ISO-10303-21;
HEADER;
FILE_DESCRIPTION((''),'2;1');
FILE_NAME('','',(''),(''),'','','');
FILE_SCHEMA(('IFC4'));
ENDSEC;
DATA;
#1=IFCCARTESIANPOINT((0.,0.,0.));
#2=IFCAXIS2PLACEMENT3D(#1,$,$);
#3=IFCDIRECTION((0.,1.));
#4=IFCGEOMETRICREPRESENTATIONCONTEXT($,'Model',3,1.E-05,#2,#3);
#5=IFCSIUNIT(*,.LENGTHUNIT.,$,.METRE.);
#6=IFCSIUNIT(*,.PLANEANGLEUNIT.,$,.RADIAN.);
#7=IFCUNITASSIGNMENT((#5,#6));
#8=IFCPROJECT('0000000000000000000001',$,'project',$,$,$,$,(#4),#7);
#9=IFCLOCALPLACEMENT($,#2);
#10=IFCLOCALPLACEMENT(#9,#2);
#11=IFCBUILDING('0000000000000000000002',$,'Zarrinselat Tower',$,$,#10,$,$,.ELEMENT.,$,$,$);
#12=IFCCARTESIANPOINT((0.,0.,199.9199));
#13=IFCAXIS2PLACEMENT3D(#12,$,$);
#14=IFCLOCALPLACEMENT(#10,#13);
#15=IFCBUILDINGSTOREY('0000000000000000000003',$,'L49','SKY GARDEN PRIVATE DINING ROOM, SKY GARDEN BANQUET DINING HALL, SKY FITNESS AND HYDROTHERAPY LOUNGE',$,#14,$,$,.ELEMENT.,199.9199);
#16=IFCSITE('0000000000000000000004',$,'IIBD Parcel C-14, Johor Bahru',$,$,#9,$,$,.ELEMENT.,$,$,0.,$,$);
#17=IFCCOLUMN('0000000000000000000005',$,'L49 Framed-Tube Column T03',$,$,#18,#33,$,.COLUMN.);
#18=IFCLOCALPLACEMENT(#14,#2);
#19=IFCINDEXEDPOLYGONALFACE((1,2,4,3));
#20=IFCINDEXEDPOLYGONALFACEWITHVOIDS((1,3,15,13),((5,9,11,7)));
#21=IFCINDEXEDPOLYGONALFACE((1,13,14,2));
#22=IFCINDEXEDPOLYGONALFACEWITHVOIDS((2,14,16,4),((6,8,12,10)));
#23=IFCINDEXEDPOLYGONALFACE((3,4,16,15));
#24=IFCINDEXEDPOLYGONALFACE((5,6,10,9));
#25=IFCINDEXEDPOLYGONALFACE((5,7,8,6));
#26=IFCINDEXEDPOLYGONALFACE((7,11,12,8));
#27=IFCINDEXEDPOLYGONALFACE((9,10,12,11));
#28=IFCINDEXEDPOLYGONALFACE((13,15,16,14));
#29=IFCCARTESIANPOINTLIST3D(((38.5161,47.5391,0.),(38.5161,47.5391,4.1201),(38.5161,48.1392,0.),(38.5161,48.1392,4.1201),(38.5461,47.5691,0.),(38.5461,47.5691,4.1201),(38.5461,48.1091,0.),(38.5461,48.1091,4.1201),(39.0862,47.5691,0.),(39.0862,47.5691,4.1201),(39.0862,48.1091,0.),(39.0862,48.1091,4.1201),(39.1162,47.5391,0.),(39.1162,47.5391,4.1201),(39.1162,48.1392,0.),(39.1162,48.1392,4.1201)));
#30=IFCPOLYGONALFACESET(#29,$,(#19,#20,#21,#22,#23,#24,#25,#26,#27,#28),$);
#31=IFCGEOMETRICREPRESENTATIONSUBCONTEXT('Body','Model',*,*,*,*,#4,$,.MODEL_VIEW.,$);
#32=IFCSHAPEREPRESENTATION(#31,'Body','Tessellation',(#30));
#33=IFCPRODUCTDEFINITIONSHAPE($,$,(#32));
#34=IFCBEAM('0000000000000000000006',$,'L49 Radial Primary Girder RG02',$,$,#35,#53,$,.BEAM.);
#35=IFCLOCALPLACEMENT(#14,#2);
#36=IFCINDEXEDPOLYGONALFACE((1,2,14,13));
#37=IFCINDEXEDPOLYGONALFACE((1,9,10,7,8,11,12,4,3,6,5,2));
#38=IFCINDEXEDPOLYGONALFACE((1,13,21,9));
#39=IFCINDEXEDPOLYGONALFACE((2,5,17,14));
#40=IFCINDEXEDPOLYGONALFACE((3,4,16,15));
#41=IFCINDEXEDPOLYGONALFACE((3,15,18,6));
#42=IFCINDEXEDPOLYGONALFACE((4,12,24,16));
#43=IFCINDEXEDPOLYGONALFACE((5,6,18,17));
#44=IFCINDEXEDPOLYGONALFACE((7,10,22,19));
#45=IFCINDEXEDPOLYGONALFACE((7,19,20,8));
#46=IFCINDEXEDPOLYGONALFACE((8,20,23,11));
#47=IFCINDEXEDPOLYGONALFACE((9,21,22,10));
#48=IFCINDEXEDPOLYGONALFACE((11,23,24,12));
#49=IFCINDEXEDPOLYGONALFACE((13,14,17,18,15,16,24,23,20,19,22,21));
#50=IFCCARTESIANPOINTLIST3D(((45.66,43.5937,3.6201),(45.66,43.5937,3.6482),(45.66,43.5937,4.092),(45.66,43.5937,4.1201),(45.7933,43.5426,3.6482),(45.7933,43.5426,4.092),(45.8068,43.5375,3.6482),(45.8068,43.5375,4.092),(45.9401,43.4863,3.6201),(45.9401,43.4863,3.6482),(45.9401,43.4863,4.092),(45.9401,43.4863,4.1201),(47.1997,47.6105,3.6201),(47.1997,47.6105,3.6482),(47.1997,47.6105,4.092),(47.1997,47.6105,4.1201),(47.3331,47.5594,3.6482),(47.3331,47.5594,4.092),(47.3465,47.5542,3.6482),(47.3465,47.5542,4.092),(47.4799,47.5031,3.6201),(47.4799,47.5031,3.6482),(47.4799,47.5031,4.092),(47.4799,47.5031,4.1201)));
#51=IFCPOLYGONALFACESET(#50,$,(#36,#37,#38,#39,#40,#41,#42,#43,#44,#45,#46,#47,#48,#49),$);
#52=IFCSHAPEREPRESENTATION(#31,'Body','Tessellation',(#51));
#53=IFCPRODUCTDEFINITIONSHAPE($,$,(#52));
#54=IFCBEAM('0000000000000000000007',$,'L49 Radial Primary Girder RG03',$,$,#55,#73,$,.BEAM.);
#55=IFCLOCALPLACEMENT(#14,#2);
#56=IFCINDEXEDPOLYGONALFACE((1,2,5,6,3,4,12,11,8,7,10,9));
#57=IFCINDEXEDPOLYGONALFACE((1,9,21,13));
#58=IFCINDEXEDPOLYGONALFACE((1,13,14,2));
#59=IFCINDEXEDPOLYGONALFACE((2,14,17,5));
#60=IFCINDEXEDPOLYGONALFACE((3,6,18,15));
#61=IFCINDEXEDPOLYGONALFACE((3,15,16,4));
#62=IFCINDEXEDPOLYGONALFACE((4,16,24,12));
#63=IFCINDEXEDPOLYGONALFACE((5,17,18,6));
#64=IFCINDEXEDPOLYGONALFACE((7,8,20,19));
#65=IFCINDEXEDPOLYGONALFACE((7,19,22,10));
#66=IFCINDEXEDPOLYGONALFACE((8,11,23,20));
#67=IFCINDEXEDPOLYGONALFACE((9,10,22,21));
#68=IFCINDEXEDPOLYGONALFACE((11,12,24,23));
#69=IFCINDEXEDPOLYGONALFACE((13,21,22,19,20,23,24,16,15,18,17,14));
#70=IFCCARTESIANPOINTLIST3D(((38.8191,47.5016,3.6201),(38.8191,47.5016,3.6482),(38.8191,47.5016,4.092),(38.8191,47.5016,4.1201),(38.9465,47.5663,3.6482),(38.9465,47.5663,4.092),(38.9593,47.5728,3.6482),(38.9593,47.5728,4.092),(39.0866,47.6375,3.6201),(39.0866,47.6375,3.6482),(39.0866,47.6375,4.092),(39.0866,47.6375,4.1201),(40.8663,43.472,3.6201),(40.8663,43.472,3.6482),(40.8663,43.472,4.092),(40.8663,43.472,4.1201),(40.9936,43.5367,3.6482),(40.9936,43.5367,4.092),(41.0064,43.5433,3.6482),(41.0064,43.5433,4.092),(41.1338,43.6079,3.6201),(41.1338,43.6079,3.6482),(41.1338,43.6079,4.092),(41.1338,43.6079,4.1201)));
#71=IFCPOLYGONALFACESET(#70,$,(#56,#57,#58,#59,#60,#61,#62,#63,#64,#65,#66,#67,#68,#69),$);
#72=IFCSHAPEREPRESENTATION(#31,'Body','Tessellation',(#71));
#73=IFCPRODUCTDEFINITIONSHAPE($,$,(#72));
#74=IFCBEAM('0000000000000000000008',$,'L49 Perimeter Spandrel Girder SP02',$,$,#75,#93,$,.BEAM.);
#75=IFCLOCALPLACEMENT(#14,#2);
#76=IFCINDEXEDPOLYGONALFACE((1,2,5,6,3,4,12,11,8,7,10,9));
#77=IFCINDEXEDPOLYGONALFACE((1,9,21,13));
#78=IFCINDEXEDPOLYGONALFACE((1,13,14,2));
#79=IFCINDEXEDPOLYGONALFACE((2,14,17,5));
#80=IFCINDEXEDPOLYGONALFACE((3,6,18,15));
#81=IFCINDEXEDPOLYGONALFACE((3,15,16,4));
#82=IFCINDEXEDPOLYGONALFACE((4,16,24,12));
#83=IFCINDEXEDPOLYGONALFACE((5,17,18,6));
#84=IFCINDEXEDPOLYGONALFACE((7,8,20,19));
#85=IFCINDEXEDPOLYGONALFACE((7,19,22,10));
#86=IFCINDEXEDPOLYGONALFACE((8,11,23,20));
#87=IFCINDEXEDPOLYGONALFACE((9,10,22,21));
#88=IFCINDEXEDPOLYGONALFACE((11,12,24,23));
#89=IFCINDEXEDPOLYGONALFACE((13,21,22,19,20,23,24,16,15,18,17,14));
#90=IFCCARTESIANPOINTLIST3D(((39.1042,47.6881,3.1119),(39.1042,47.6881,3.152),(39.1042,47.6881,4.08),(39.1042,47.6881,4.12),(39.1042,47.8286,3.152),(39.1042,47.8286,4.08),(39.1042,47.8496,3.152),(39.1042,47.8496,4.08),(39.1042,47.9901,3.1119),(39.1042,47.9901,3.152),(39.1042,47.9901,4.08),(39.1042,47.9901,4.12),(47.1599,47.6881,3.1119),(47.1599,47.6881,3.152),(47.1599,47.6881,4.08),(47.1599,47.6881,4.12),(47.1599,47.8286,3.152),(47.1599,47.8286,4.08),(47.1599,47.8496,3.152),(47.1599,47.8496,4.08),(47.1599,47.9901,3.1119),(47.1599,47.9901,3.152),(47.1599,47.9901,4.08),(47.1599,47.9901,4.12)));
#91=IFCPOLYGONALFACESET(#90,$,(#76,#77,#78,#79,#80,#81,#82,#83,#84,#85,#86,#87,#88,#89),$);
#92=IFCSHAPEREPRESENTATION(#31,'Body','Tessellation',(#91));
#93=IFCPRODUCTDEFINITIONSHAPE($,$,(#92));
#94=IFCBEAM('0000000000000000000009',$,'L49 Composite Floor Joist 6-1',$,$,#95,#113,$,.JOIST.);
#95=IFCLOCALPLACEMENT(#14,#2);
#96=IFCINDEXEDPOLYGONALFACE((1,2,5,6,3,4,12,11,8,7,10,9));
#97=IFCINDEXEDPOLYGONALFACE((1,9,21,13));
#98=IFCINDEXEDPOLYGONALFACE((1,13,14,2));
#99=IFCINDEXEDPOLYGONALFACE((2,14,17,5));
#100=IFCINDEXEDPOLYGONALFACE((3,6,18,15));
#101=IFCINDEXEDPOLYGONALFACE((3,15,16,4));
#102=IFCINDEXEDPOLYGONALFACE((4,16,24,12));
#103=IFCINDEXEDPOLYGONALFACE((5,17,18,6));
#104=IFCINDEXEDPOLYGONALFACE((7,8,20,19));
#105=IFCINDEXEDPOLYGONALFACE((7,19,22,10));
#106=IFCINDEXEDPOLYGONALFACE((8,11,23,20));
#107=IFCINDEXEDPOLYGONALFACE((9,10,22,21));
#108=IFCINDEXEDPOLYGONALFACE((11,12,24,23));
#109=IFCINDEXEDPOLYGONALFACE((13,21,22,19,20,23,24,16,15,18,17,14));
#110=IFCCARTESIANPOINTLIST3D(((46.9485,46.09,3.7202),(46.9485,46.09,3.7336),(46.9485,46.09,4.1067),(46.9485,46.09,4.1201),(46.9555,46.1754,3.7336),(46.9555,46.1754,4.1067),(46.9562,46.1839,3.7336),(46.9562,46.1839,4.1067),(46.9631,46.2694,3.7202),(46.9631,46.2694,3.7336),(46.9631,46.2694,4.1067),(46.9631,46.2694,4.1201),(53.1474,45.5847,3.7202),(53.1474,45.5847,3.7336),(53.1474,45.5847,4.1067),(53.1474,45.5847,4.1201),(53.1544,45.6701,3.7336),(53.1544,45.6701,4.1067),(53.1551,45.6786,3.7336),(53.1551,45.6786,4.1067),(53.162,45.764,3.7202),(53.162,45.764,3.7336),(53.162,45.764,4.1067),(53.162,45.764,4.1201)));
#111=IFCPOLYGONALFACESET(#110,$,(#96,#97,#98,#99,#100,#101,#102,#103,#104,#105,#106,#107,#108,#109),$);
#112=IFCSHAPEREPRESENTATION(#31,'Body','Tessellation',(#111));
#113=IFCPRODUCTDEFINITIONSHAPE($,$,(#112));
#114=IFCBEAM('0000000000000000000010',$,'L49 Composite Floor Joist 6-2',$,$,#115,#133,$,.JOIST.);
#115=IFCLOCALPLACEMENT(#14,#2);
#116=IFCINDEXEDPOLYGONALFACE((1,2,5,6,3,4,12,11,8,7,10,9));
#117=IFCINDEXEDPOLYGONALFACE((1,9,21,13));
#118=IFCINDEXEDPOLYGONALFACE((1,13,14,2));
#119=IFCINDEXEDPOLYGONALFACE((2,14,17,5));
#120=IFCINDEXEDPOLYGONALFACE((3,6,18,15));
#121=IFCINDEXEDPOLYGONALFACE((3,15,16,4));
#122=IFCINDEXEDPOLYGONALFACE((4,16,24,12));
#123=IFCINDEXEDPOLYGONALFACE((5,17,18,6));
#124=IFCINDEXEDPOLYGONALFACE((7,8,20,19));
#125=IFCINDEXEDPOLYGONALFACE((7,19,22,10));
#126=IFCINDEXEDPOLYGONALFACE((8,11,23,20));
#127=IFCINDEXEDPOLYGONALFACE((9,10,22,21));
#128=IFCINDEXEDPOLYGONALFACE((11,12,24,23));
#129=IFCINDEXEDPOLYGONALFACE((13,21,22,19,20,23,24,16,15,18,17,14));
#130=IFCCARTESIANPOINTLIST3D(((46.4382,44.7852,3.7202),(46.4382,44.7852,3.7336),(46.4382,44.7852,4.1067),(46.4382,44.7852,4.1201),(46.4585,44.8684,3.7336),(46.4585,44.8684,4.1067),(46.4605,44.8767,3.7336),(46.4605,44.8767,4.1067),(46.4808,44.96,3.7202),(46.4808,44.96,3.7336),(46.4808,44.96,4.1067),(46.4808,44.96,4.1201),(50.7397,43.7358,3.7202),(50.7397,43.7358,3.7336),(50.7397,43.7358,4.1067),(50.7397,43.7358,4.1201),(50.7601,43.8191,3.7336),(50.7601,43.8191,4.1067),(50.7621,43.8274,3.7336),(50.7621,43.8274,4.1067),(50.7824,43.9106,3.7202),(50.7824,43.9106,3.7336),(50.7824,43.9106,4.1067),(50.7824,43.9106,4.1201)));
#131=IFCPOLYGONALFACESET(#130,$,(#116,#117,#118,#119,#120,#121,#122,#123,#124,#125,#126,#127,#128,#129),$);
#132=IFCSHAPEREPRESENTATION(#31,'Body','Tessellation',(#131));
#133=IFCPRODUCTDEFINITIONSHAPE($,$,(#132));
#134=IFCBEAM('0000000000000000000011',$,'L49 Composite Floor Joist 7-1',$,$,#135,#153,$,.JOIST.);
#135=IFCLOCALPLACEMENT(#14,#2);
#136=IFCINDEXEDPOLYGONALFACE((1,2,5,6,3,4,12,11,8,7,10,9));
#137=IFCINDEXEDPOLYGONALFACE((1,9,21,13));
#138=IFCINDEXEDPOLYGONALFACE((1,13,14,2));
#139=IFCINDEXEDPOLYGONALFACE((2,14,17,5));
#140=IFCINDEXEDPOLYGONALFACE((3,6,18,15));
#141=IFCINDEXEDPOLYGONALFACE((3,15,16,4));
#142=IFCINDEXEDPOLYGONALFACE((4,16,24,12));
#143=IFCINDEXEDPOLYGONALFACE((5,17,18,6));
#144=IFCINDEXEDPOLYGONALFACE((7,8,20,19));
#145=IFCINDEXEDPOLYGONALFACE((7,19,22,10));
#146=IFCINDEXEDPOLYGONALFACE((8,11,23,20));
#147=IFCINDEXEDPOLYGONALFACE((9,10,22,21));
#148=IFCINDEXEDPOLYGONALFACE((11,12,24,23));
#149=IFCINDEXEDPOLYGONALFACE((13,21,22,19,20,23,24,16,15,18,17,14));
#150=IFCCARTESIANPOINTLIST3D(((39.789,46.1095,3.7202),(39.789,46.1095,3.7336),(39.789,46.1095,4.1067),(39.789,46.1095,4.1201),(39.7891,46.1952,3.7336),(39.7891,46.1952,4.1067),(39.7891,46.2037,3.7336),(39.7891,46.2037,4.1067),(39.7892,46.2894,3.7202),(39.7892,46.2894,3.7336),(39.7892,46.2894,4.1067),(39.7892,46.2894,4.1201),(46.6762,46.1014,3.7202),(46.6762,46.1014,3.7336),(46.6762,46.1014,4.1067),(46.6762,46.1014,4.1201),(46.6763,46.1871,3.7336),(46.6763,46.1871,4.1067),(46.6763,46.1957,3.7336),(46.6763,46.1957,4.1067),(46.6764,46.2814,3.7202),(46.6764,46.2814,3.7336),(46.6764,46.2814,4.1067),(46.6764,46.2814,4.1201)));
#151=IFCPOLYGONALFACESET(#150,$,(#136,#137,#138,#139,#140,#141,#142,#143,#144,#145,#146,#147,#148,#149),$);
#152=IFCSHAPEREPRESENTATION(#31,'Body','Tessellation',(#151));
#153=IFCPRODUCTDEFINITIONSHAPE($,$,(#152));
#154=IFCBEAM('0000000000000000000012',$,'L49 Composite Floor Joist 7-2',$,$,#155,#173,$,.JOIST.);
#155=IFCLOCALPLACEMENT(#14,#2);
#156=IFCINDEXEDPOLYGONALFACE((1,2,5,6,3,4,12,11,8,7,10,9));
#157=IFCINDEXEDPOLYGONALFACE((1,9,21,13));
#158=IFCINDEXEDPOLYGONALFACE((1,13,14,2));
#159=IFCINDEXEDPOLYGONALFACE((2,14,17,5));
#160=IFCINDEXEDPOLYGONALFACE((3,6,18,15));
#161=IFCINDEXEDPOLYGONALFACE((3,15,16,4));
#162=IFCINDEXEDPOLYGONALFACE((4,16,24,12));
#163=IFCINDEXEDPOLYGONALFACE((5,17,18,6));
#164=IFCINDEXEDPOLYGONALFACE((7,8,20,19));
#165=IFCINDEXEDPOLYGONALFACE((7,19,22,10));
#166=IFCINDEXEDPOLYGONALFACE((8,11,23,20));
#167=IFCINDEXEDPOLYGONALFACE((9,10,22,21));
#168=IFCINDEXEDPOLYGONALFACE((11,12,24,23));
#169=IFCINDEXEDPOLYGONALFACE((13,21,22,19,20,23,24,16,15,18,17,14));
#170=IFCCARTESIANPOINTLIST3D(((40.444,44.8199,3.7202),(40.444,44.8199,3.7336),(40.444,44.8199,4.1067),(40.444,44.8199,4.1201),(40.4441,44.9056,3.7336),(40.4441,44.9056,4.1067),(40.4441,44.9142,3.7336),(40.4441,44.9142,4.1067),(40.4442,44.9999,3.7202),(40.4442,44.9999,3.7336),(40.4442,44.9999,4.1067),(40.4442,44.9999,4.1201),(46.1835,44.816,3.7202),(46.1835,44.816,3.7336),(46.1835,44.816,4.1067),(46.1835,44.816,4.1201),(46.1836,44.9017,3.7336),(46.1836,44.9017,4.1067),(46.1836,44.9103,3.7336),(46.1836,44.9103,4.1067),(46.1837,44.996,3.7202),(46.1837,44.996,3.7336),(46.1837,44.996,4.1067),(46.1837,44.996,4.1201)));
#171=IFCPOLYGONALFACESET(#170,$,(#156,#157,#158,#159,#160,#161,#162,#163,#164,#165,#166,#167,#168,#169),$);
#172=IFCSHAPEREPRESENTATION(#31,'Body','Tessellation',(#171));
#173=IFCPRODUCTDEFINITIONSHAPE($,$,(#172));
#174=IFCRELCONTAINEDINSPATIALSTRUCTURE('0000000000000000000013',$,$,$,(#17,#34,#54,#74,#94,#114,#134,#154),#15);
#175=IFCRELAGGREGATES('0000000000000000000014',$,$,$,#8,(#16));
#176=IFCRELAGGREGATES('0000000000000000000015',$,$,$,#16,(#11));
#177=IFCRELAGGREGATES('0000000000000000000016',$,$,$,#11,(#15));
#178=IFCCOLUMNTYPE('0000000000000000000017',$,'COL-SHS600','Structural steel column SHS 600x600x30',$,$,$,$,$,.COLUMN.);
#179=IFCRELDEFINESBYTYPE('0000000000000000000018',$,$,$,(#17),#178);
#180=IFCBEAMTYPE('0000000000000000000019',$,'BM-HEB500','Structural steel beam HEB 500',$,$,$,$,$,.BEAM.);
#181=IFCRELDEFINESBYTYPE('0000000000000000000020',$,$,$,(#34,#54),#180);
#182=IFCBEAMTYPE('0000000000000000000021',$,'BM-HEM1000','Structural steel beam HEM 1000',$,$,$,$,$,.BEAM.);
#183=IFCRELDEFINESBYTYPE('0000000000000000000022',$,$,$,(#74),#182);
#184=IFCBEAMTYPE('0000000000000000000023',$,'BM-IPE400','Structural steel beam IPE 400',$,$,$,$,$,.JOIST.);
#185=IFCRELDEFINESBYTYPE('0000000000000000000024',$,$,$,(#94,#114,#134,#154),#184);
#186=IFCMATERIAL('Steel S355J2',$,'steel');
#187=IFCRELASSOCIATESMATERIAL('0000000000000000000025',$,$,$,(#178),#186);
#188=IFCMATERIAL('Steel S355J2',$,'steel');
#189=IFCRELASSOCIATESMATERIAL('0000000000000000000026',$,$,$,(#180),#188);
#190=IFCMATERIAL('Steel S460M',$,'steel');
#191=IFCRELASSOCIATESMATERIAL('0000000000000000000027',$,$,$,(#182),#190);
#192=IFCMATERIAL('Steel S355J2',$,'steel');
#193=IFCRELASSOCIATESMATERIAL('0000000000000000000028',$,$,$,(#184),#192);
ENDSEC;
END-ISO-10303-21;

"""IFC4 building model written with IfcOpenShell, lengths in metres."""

from ifc_helpers import new_model, si_unit, direction, frame, origin, origin_2d, place, context, subcontext, project, spatial, hollow_rectangle, i_section, extrude, material, material_profile, profile_set, type_object, element, save


model = new_model("IFC4")

# Units and contexts
model_context = context("Model", 3, precision=1e-05, world=origin(), true_north=direction((0.0, 1.0)))
body_context = subcontext(model_context, "Body", "Model", "MODEL_VIEW")
ifc_project = project(units=[si_unit("LENGTHUNIT", "METRE"), si_unit("PLANEANGLEUNIT", "RADIAN")], contexts=[model_context])

# Site, building, storey
site_placement = place(None, origin())
site = spatial("IfcSite", under=ifc_project, at=site_placement, Name="IIBD Parcel C-14, Johor Bahru", CompositionType="ELEMENT", RefElevation=0.0)
building_placement = place(site_placement, origin())
building = spatial("IfcBuilding", under=site, at=building_placement, Name="Zarrinselat Tower", CompositionType="ELEMENT")
storey_placement = place(building_placement, frame((0.0, 0.0, 199.9199)))
storey = spatial("IfcBuildingStorey", under=building, at=storey_placement, Name="L49", Description="SKY GARDEN PRIVATE DINING ROOM, SKY GARDEN BANQUET DINING HALL, SKY FITNESS AND HYDROTHERAPY LOUNGE", CompositionType="ELEMENT", Elevation=199.9199)

# Column
ifc_material_1 = material(Name="Steel S355J2", Category="steel")
ifc_material_profile_1 = material_profile(ifc_material_1, hollow_rectangle(XDim=0.6001, YDim=0.6001, WallThickness=0.03, at=origin_2d()), Name="SHS 600x600x30")
ifc_profile_set_1 = profile_set([ifc_material_profile_1], Name="Steel S355J2")
column_type = type_object("IfcColumnType", Name="COL-SHS600", Description="Structural steel column SHS 600x600x30", PredefinedType="COLUMN", material=ifc_profile_set_1)
column_placement = place(storey_placement, frame((38.8162, 47.8391, 0.0), z_axis=(0.0, 0.0, 1.0), x_axis=(1.0, 0.0, 0.0)))
element("IfcColumn", 1, at=column_placement, inside=storey, type_object=column_type, Name="L49 Framed-Tube Column T03", PredefinedType="COLUMN", context=body_context, shape_type="SweptSolid", body=[
    extrude(hollow_rectangle(XDim=0.6001, YDim=0.6001, WallThickness=0.03, at=origin_2d()), origin(), (0.0, 0.0, 1.0), 4.1201),
])

# Beams
ifc_material_2 = material(Name="Steel S355J2", Category="steel")
ifc_material_profile_2 = material_profile(ifc_material_2, i_section(OverallWidth=0.3, OverallDepth=0.5, WebThickness=0.0144, FlangeThickness=0.0281, at=origin_2d()), Name="HEB 500")
ifc_profile_set_2 = profile_set([ifc_material_profile_2], Name="Steel S355J2")
beam_type_1 = type_object("IfcBeamType", Name="BM-HEB500", Description="Structural steel beam HEB 500", PredefinedType="BEAM", material=ifc_profile_set_2)
beam_1_placement = place(storey_placement, frame((45.8, 43.54, 3.8701), z_axis=(0.357937, 0.933746, 0.0), x_axis=(-0.933746, 0.357937, 0.0)))
element("IfcBeam", 2, at=beam_1_placement, inside=storey, type_object=beam_type_1, Name="L49 Radial Primary Girder RG02", PredefinedType="BEAM", context=body_context, shape_type="SweptSolid", body=[
    extrude(i_section(OverallWidth=0.3, OverallDepth=0.5, WebThickness=0.0144, FlangeThickness=0.0281, at=origin_2d()), origin(), (0.0, 0.0, 1.0), 4.3018),
])
beam_2_placement = place(storey_placement, frame((38.9529, 47.5696, 3.8701), z_axis=(0.45293, -0.891546, 0.0), x_axis=(0.891546, 0.45293, 0.0)))
element("IfcBeam", 3, at=beam_2_placement, inside=storey, type_object=beam_type_1, Name="L49 Radial Primary Girder RG03", PredefinedType="BEAM", context=body_context, shape_type="SweptSolid", body=[
    extrude(i_section(OverallWidth=0.3, OverallDepth=0.5, WebThickness=0.0144, FlangeThickness=0.0281, at=origin_2d()), origin(), (0.0, 0.0, 1.0), 4.5198),
])
ifc_material_3 = material(Name="Steel S460M", Category="steel")
ifc_material_profile_3 = material_profile(ifc_material_3, i_section(OverallWidth=0.302, OverallDepth=1.0081, WebThickness=0.021, FlangeThickness=0.04, at=origin_2d()), Name="HEM 1000")
ifc_profile_set_3 = profile_set([ifc_material_profile_3], Name="Steel S460M")
beam_type_2 = type_object("IfcBeamType", Name="BM-HEM1000", Description="Structural steel beam HEM 1000", PredefinedType="BEAM", material=ifc_profile_set_3)
beam_3_placement = place(storey_placement, frame((39.1042, 47.8391, 3.616), z_axis=(1.0, 0.0, 0.0), x_axis=(0.0, 1.0, 0.0)))
element("IfcBeam", 4, at=beam_3_placement, inside=storey, type_object=beam_type_2, Name="L49 Perimeter Spandrel Girder SP02", PredefinedType="BEAM", context=body_context, shape_type="SweptSolid", body=[
    extrude(i_section(OverallWidth=0.302, OverallDepth=1.0081, WebThickness=0.021, FlangeThickness=0.04, at=origin_2d()), origin(), (0.0, 0.0, 1.0), 8.0557),
])
ifc_material_4 = material(Name="Steel S355J2", Category="steel")
ifc_material_profile_4 = material_profile(ifc_material_4, i_section(OverallWidth=0.1799, OverallDepth=0.3999, WebThickness=0.0085, FlangeThickness=0.0134, at=origin_2d()), Name="IPE 400")
ifc_profile_set_4 = profile_set([ifc_material_profile_4], Name="Steel S355J2")
beam_type_3 = type_object("IfcBeamType", Name="BM-IPE400", Description="Structural steel beam IPE 400", PredefinedType="JOIST", material=ifc_profile_set_4)
beam_4_placement = place(storey_placement, frame((46.9558, 46.1797, 3.9202), z_axis=(0.996693, -0.081255, 0.0), x_axis=(0.081255, 0.996693, 0.0)))
element("IfcBeam", 5, at=beam_4_placement, inside=storey, type_object=beam_type_3, Name="L49 Composite Floor Joist 6-1", PredefinedType="JOIST", context=body_context, shape_type="SweptSolid", body=[
    extrude(i_section(OverallWidth=0.1799, OverallDepth=0.3999, WebThickness=0.0085, FlangeThickness=0.0134, at=origin_2d()), origin(), (0.0, 0.0, 1.0), 6.2195),
])
beam_5_placement = place(storey_placement, frame((46.4595, 44.8726, 3.9202), z_axis=(0.971512, -0.236992, 0.0), x_axis=(0.236992, 0.971512, 0.0)))
element("IfcBeam", 6, at=beam_5_placement, inside=storey, type_object=beam_type_3, Name="L49 Composite Floor Joist 6-2", PredefinedType="JOIST", context=body_context, shape_type="SweptSolid", body=[
    extrude(i_section(OverallWidth=0.1799, OverallDepth=0.3999, WebThickness=0.0085, FlangeThickness=0.0134, at=origin_2d()), origin(), (0.0, 0.0, 1.0), 4.4277),
])
beam_6_placement = place(storey_placement, frame((39.7891, 46.1995, 3.9202), z_axis=(0.999999, -0.00117, 0.0), x_axis=(0.00117, 0.999999, 0.0)))
element("IfcBeam", 7, at=beam_6_placement, inside=storey, type_object=beam_type_3, Name="L49 Composite Floor Joist 7-1", PredefinedType="JOIST", context=body_context, shape_type="SweptSolid", body=[
    extrude(i_section(OverallWidth=0.1799, OverallDepth=0.3999, WebThickness=0.0085, FlangeThickness=0.0134, at=origin_2d()), origin(), (0.0, 0.0, 1.0), 6.8872),
])
beam_7_placement = place(storey_placement, frame((40.4441, 44.9099, 3.9202), z_axis=(1.0, -0.000681, 0.0), x_axis=(0.000681, 1.0, 0.0)))
element("IfcBeam", 8, at=beam_7_placement, inside=storey, type_object=beam_type_3, Name="L49 Composite Floor Joist 7-2", PredefinedType="JOIST", context=body_context, shape_type="SweptSolid", body=[
    extrude(i_section(OverallWidth=0.1799, OverallDepth=0.3999, WebThickness=0.0085, FlangeThickness=0.0134, at=origin_2d()), origin(), (0.0, 0.0, 1.0), 5.7395),
])

save(model, "model.ifc")
